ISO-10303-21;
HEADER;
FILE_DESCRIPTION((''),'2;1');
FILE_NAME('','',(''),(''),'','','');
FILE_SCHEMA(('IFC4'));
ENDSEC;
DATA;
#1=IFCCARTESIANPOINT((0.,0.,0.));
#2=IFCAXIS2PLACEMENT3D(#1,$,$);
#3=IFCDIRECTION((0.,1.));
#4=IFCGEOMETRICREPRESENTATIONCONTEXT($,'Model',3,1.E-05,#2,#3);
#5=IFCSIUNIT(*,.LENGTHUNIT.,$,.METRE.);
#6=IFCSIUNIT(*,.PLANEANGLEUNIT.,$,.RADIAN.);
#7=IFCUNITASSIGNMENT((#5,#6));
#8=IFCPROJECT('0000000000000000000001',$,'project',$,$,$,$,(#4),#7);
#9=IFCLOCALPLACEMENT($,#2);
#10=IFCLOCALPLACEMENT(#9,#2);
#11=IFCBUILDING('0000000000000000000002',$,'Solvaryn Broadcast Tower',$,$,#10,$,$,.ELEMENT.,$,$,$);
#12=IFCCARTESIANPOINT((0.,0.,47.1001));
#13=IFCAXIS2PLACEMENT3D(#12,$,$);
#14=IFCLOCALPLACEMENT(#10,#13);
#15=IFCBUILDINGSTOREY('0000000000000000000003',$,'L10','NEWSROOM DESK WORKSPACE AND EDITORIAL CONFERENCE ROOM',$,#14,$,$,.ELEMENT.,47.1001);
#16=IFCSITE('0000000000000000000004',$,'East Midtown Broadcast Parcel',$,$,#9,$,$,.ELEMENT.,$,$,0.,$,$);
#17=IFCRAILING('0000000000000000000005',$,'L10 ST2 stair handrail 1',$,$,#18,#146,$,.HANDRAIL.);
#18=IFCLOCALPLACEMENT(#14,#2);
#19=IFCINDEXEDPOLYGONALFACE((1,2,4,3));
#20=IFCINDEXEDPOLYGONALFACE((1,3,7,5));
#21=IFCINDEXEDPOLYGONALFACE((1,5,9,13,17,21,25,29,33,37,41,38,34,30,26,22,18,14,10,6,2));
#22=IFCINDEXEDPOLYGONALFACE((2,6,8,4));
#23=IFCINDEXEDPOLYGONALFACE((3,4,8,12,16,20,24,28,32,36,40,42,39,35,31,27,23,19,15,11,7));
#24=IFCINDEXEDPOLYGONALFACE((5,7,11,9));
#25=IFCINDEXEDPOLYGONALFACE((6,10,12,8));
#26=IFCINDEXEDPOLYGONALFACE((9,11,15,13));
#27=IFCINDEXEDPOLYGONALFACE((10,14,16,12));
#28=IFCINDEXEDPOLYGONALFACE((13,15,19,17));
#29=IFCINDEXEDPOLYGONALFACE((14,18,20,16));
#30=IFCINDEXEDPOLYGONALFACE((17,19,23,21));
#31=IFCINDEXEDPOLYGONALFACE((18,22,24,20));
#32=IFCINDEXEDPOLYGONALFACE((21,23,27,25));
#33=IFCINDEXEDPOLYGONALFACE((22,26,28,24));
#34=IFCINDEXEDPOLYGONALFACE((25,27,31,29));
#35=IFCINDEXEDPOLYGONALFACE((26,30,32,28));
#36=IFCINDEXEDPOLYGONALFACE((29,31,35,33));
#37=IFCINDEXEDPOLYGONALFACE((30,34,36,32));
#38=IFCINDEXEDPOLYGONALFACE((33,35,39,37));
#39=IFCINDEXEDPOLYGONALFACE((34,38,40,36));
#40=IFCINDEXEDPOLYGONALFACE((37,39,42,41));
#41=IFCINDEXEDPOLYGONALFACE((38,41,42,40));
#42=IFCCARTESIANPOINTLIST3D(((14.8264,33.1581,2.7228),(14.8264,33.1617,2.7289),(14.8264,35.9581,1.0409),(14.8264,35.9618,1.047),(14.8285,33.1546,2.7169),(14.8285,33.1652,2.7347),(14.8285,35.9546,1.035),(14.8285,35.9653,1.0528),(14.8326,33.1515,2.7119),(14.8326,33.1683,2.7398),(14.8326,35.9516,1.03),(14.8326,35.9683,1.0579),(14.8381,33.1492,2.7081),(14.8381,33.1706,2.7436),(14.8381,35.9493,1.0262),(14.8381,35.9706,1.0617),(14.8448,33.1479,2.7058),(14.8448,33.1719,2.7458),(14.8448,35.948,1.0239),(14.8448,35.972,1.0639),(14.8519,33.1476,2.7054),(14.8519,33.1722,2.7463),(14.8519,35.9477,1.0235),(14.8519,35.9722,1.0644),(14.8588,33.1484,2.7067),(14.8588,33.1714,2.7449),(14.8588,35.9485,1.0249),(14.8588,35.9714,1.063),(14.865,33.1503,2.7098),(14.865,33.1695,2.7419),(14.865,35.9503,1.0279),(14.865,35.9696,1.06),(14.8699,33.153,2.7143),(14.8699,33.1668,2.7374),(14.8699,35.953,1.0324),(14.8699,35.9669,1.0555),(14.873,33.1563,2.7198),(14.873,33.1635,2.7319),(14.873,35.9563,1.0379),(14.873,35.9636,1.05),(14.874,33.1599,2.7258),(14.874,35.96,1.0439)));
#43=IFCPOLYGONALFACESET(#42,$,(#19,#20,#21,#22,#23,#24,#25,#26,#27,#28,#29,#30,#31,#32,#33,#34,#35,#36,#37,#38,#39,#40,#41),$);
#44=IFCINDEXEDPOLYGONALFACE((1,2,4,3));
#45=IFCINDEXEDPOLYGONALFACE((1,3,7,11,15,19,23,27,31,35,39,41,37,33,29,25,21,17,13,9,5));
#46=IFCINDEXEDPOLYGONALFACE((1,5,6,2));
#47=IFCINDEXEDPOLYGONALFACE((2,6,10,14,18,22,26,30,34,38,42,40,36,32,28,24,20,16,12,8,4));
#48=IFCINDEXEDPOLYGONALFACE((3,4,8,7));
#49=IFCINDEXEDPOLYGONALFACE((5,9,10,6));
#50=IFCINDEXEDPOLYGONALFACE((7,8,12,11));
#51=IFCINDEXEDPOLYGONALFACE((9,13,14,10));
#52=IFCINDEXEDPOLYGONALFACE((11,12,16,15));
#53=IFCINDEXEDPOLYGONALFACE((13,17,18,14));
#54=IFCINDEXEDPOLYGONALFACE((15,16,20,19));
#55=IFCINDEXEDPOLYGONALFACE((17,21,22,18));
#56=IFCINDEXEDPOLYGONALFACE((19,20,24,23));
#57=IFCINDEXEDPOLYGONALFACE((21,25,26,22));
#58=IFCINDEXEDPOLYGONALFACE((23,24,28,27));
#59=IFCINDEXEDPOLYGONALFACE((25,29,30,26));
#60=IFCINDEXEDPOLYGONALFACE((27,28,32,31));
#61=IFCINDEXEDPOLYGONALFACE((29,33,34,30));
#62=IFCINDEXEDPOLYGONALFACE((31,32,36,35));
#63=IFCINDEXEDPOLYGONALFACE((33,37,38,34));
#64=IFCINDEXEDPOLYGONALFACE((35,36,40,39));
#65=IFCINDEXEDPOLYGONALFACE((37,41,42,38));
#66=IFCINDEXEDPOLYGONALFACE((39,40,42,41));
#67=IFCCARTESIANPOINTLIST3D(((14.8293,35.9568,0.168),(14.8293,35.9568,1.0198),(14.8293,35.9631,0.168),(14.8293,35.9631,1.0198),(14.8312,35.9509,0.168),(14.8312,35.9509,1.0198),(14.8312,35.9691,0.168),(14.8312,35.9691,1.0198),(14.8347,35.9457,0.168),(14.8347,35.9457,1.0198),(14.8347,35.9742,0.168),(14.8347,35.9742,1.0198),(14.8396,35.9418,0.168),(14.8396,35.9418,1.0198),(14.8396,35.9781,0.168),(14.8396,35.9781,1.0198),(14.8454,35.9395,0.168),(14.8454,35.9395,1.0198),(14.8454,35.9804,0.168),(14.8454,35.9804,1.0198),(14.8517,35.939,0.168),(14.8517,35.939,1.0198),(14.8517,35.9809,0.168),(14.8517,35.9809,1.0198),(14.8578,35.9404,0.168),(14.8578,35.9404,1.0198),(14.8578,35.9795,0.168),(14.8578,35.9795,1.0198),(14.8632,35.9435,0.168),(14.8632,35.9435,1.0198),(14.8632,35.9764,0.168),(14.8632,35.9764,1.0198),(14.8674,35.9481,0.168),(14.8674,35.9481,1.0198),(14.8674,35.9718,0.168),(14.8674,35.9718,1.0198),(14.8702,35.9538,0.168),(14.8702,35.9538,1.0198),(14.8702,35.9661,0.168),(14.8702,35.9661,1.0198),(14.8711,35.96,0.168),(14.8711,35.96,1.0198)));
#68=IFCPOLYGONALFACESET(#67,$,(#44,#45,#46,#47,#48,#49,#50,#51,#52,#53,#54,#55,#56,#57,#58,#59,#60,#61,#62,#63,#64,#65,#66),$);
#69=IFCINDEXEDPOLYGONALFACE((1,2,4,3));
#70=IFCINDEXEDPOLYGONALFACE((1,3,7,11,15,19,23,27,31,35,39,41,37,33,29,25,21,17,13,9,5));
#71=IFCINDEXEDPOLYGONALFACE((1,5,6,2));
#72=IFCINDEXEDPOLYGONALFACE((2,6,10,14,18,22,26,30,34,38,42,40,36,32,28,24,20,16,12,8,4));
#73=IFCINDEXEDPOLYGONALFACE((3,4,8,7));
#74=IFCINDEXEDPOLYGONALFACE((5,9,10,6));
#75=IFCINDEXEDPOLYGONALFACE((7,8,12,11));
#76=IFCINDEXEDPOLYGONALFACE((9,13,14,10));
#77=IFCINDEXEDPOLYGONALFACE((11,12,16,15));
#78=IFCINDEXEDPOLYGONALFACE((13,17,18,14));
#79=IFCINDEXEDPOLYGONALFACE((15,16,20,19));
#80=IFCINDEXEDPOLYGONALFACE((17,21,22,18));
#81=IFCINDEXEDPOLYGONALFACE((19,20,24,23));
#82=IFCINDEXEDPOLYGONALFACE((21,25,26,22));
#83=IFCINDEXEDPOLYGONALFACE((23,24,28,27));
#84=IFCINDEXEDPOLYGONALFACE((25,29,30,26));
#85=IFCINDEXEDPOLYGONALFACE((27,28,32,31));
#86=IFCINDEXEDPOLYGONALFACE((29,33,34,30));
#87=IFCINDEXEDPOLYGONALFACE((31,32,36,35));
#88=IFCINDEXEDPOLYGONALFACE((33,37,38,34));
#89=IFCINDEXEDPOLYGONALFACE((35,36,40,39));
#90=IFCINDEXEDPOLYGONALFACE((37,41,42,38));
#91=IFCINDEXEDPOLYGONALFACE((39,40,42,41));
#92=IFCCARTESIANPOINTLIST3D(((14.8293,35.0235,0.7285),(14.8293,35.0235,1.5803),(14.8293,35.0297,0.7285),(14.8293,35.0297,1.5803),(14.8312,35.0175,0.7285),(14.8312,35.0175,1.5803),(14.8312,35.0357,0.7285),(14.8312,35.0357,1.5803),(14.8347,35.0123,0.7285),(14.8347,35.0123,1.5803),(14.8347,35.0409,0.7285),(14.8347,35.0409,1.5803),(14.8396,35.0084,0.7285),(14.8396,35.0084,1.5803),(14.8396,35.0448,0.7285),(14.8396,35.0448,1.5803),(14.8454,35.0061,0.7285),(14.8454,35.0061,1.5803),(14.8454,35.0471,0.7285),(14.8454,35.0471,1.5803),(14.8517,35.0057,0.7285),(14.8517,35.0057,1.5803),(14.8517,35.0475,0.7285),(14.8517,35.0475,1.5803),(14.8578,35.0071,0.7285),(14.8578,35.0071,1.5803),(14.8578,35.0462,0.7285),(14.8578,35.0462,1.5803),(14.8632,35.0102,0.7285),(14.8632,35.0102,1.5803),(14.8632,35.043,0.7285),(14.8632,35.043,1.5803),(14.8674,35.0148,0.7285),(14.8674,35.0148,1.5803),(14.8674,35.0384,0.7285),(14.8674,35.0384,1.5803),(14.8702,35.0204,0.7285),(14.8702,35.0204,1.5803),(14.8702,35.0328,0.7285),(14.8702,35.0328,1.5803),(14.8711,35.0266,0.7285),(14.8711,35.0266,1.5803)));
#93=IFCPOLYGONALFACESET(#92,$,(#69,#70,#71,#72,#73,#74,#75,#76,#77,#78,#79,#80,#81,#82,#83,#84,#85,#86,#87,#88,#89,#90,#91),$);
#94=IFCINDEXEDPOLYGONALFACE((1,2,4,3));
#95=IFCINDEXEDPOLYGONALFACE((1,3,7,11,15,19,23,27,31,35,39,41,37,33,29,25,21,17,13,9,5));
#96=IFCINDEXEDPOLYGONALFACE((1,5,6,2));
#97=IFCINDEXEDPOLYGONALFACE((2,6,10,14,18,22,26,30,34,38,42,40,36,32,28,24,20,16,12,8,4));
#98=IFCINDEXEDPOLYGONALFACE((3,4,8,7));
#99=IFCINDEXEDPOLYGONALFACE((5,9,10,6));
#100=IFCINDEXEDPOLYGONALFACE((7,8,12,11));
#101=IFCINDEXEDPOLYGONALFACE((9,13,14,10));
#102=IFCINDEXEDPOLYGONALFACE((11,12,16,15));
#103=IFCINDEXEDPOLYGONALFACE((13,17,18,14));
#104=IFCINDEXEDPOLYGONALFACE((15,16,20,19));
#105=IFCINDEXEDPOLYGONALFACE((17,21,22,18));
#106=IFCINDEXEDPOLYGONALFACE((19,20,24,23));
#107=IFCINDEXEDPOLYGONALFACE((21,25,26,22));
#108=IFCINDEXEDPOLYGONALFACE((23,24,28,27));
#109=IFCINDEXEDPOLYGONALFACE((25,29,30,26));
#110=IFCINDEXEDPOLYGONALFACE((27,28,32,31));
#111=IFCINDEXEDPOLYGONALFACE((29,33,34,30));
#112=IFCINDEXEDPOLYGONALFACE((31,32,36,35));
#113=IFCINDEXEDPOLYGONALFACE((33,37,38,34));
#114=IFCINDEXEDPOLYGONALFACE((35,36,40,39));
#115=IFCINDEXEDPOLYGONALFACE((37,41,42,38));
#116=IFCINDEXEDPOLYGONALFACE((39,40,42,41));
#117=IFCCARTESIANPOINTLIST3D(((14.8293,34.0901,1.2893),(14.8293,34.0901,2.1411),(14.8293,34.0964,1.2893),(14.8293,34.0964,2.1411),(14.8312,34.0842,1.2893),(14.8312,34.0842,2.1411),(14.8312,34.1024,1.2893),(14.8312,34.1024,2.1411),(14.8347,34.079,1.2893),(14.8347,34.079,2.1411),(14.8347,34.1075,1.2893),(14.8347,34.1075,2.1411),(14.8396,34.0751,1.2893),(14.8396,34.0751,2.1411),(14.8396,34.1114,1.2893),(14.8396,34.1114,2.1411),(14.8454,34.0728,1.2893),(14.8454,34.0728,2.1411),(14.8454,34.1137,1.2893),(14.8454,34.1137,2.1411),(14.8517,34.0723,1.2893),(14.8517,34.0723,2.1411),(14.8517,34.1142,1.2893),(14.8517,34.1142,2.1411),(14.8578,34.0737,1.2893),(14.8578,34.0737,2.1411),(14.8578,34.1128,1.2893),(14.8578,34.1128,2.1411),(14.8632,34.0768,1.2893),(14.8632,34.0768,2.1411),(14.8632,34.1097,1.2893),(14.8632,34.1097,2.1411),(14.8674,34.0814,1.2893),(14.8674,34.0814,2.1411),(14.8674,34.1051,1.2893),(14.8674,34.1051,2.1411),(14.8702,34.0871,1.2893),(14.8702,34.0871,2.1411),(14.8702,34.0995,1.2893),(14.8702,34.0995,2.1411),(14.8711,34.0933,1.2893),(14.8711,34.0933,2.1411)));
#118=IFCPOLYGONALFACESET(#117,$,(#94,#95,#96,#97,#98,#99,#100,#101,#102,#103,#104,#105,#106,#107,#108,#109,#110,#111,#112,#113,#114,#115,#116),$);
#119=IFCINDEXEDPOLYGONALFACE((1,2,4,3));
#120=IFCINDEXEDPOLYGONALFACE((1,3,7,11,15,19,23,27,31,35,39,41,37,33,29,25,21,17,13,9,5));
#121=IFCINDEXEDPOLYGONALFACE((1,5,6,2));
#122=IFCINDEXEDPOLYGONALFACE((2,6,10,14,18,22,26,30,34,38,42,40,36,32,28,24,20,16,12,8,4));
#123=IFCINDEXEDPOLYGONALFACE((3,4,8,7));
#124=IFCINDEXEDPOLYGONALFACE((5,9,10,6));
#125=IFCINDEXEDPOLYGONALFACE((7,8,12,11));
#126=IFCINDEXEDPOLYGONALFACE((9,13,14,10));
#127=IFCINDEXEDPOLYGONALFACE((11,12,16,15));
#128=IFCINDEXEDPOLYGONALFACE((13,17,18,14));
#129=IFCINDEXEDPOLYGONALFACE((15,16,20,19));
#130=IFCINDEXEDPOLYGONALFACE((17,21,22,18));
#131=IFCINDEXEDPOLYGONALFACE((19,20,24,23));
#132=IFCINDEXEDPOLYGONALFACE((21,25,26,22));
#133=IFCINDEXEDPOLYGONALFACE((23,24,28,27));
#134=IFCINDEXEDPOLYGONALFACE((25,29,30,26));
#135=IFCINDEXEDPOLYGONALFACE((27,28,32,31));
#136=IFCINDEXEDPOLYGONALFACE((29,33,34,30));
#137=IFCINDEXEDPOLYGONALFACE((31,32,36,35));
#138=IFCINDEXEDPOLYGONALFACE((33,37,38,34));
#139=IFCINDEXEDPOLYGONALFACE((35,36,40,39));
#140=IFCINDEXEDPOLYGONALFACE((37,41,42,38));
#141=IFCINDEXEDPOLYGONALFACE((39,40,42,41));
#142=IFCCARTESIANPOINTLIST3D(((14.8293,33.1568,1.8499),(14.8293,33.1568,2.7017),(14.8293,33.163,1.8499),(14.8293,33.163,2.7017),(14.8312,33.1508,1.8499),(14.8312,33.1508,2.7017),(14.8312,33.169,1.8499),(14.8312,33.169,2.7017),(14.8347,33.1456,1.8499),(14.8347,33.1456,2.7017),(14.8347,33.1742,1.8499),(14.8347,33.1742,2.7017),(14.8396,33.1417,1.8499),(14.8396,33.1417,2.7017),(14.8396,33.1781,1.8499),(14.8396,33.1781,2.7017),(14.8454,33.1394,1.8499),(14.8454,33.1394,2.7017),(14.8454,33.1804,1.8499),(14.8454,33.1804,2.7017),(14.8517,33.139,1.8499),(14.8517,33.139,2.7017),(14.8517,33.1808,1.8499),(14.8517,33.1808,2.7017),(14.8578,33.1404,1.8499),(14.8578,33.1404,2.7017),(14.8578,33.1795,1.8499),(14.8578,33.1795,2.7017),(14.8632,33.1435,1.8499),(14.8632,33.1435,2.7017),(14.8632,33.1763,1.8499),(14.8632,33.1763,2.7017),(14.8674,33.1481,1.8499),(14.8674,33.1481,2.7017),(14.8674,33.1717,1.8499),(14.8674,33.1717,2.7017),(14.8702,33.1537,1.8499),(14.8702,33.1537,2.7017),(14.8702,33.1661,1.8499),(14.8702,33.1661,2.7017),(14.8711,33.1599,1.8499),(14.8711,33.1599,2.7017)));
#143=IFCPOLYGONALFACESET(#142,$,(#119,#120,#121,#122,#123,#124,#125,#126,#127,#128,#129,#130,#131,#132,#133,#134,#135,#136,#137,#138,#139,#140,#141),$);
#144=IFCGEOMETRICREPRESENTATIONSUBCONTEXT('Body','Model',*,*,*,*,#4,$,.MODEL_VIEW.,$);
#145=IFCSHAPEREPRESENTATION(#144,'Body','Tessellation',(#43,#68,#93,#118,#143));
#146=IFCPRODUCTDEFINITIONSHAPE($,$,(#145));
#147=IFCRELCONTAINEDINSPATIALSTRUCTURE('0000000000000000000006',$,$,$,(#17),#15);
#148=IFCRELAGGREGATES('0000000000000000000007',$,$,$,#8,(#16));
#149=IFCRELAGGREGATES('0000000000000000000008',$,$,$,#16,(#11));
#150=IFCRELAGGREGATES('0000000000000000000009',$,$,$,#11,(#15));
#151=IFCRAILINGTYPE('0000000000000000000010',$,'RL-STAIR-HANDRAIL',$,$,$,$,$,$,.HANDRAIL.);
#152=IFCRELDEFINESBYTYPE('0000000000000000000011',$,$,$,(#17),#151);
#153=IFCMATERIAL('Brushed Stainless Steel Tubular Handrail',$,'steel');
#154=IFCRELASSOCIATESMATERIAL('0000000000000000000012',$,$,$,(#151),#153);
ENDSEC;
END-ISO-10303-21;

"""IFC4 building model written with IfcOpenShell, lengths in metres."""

from ifc_helpers import new_model, si_unit, direction, frame, origin, origin_2d, place, context, subcontext, project, spatial, circle, extrude, material, type_object, element, save


model = new_model("IFC4")

# Units and contexts
model_context = context("Model", 3, precision=1e-05, world=origin(), true_north=direction((0.0, 1.0)))
body_context = subcontext(model_context, "Body", "Model", "MODEL_VIEW")
ifc_project = project(units=[si_unit("LENGTHUNIT", "METRE"), si_unit("PLANEANGLEUNIT", "RADIAN")], contexts=[model_context])

# Site, building, storey
site_placement = place(None, origin())
site = spatial("IfcSite", under=ifc_project, at=site_placement, Name="East Midtown Broadcast Parcel", CompositionType="ELEMENT", RefElevation=0.0)
building_placement = place(site_placement, origin())
building = spatial("IfcBuilding", under=site, at=building_placement, Name="Solvaryn Broadcast Tower", CompositionType="ELEMENT")
storey_placement = place(building_placement, frame((0.0, 0.0, 47.1001)))
storey = spatial("IfcBuildingStorey", under=building, at=storey_placement, Name="L10", Description="NEWSROOM DESK WORKSPACE AND EDITORIAL CONFERENCE ROOM", CompositionType="ELEMENT", Elevation=47.1001)

# Railing
ifc_material_1 = material(Name="Brushed Stainless Steel Tubular Handrail", Category="steel")
railing_type_1 = type_object("IfcRailingType", Name="RL-STAIR-HANDRAIL", PredefinedType="HANDRAIL", material=ifc_material_1)
railing_1_placement = place(storey_placement, frame((14.8501, 35.96, 0.168)))
element("IfcRailing", 1, at=railing_1_placement, inside=storey, type_object=railing_type_1, Name="L10 ST2 stair handrail 1", PredefinedType="HANDRAIL", context=body_context, shape_type="SweptSolid", body=[
    extrude(circle(Radius=0.0239, at=origin_2d()), frame((0.0, 0.0, 0.876), z_axis=(0.0, -0.857242, 0.514913), x_axis=(1.0, 0.0, 0.0)), (0.0, 0.0, 1.0), 3.2664),
    extrude(circle(Radius=0.021, at=origin_2d()), origin(), (0.0, 0.0, 1.0), 0.8518),
    extrude(circle(Radius=0.021, at=origin_2d()), frame((0.0, -0.9333, 0.5605)), (0.0, 0.0, 1.0), 0.8518),
    extrude(circle(Radius=0.021, at=origin_2d()), frame((0.0, -1.8667, 1.1213)), (0.0, 0.0, 1.0), 0.8518),
    extrude(circle(Radius=0.021, at=origin_2d()), frame((0.0, -2.8, 1.6819)), (0.0, 0.0, 1.0), 0.8518),
])

save(model, "model.ifc")
